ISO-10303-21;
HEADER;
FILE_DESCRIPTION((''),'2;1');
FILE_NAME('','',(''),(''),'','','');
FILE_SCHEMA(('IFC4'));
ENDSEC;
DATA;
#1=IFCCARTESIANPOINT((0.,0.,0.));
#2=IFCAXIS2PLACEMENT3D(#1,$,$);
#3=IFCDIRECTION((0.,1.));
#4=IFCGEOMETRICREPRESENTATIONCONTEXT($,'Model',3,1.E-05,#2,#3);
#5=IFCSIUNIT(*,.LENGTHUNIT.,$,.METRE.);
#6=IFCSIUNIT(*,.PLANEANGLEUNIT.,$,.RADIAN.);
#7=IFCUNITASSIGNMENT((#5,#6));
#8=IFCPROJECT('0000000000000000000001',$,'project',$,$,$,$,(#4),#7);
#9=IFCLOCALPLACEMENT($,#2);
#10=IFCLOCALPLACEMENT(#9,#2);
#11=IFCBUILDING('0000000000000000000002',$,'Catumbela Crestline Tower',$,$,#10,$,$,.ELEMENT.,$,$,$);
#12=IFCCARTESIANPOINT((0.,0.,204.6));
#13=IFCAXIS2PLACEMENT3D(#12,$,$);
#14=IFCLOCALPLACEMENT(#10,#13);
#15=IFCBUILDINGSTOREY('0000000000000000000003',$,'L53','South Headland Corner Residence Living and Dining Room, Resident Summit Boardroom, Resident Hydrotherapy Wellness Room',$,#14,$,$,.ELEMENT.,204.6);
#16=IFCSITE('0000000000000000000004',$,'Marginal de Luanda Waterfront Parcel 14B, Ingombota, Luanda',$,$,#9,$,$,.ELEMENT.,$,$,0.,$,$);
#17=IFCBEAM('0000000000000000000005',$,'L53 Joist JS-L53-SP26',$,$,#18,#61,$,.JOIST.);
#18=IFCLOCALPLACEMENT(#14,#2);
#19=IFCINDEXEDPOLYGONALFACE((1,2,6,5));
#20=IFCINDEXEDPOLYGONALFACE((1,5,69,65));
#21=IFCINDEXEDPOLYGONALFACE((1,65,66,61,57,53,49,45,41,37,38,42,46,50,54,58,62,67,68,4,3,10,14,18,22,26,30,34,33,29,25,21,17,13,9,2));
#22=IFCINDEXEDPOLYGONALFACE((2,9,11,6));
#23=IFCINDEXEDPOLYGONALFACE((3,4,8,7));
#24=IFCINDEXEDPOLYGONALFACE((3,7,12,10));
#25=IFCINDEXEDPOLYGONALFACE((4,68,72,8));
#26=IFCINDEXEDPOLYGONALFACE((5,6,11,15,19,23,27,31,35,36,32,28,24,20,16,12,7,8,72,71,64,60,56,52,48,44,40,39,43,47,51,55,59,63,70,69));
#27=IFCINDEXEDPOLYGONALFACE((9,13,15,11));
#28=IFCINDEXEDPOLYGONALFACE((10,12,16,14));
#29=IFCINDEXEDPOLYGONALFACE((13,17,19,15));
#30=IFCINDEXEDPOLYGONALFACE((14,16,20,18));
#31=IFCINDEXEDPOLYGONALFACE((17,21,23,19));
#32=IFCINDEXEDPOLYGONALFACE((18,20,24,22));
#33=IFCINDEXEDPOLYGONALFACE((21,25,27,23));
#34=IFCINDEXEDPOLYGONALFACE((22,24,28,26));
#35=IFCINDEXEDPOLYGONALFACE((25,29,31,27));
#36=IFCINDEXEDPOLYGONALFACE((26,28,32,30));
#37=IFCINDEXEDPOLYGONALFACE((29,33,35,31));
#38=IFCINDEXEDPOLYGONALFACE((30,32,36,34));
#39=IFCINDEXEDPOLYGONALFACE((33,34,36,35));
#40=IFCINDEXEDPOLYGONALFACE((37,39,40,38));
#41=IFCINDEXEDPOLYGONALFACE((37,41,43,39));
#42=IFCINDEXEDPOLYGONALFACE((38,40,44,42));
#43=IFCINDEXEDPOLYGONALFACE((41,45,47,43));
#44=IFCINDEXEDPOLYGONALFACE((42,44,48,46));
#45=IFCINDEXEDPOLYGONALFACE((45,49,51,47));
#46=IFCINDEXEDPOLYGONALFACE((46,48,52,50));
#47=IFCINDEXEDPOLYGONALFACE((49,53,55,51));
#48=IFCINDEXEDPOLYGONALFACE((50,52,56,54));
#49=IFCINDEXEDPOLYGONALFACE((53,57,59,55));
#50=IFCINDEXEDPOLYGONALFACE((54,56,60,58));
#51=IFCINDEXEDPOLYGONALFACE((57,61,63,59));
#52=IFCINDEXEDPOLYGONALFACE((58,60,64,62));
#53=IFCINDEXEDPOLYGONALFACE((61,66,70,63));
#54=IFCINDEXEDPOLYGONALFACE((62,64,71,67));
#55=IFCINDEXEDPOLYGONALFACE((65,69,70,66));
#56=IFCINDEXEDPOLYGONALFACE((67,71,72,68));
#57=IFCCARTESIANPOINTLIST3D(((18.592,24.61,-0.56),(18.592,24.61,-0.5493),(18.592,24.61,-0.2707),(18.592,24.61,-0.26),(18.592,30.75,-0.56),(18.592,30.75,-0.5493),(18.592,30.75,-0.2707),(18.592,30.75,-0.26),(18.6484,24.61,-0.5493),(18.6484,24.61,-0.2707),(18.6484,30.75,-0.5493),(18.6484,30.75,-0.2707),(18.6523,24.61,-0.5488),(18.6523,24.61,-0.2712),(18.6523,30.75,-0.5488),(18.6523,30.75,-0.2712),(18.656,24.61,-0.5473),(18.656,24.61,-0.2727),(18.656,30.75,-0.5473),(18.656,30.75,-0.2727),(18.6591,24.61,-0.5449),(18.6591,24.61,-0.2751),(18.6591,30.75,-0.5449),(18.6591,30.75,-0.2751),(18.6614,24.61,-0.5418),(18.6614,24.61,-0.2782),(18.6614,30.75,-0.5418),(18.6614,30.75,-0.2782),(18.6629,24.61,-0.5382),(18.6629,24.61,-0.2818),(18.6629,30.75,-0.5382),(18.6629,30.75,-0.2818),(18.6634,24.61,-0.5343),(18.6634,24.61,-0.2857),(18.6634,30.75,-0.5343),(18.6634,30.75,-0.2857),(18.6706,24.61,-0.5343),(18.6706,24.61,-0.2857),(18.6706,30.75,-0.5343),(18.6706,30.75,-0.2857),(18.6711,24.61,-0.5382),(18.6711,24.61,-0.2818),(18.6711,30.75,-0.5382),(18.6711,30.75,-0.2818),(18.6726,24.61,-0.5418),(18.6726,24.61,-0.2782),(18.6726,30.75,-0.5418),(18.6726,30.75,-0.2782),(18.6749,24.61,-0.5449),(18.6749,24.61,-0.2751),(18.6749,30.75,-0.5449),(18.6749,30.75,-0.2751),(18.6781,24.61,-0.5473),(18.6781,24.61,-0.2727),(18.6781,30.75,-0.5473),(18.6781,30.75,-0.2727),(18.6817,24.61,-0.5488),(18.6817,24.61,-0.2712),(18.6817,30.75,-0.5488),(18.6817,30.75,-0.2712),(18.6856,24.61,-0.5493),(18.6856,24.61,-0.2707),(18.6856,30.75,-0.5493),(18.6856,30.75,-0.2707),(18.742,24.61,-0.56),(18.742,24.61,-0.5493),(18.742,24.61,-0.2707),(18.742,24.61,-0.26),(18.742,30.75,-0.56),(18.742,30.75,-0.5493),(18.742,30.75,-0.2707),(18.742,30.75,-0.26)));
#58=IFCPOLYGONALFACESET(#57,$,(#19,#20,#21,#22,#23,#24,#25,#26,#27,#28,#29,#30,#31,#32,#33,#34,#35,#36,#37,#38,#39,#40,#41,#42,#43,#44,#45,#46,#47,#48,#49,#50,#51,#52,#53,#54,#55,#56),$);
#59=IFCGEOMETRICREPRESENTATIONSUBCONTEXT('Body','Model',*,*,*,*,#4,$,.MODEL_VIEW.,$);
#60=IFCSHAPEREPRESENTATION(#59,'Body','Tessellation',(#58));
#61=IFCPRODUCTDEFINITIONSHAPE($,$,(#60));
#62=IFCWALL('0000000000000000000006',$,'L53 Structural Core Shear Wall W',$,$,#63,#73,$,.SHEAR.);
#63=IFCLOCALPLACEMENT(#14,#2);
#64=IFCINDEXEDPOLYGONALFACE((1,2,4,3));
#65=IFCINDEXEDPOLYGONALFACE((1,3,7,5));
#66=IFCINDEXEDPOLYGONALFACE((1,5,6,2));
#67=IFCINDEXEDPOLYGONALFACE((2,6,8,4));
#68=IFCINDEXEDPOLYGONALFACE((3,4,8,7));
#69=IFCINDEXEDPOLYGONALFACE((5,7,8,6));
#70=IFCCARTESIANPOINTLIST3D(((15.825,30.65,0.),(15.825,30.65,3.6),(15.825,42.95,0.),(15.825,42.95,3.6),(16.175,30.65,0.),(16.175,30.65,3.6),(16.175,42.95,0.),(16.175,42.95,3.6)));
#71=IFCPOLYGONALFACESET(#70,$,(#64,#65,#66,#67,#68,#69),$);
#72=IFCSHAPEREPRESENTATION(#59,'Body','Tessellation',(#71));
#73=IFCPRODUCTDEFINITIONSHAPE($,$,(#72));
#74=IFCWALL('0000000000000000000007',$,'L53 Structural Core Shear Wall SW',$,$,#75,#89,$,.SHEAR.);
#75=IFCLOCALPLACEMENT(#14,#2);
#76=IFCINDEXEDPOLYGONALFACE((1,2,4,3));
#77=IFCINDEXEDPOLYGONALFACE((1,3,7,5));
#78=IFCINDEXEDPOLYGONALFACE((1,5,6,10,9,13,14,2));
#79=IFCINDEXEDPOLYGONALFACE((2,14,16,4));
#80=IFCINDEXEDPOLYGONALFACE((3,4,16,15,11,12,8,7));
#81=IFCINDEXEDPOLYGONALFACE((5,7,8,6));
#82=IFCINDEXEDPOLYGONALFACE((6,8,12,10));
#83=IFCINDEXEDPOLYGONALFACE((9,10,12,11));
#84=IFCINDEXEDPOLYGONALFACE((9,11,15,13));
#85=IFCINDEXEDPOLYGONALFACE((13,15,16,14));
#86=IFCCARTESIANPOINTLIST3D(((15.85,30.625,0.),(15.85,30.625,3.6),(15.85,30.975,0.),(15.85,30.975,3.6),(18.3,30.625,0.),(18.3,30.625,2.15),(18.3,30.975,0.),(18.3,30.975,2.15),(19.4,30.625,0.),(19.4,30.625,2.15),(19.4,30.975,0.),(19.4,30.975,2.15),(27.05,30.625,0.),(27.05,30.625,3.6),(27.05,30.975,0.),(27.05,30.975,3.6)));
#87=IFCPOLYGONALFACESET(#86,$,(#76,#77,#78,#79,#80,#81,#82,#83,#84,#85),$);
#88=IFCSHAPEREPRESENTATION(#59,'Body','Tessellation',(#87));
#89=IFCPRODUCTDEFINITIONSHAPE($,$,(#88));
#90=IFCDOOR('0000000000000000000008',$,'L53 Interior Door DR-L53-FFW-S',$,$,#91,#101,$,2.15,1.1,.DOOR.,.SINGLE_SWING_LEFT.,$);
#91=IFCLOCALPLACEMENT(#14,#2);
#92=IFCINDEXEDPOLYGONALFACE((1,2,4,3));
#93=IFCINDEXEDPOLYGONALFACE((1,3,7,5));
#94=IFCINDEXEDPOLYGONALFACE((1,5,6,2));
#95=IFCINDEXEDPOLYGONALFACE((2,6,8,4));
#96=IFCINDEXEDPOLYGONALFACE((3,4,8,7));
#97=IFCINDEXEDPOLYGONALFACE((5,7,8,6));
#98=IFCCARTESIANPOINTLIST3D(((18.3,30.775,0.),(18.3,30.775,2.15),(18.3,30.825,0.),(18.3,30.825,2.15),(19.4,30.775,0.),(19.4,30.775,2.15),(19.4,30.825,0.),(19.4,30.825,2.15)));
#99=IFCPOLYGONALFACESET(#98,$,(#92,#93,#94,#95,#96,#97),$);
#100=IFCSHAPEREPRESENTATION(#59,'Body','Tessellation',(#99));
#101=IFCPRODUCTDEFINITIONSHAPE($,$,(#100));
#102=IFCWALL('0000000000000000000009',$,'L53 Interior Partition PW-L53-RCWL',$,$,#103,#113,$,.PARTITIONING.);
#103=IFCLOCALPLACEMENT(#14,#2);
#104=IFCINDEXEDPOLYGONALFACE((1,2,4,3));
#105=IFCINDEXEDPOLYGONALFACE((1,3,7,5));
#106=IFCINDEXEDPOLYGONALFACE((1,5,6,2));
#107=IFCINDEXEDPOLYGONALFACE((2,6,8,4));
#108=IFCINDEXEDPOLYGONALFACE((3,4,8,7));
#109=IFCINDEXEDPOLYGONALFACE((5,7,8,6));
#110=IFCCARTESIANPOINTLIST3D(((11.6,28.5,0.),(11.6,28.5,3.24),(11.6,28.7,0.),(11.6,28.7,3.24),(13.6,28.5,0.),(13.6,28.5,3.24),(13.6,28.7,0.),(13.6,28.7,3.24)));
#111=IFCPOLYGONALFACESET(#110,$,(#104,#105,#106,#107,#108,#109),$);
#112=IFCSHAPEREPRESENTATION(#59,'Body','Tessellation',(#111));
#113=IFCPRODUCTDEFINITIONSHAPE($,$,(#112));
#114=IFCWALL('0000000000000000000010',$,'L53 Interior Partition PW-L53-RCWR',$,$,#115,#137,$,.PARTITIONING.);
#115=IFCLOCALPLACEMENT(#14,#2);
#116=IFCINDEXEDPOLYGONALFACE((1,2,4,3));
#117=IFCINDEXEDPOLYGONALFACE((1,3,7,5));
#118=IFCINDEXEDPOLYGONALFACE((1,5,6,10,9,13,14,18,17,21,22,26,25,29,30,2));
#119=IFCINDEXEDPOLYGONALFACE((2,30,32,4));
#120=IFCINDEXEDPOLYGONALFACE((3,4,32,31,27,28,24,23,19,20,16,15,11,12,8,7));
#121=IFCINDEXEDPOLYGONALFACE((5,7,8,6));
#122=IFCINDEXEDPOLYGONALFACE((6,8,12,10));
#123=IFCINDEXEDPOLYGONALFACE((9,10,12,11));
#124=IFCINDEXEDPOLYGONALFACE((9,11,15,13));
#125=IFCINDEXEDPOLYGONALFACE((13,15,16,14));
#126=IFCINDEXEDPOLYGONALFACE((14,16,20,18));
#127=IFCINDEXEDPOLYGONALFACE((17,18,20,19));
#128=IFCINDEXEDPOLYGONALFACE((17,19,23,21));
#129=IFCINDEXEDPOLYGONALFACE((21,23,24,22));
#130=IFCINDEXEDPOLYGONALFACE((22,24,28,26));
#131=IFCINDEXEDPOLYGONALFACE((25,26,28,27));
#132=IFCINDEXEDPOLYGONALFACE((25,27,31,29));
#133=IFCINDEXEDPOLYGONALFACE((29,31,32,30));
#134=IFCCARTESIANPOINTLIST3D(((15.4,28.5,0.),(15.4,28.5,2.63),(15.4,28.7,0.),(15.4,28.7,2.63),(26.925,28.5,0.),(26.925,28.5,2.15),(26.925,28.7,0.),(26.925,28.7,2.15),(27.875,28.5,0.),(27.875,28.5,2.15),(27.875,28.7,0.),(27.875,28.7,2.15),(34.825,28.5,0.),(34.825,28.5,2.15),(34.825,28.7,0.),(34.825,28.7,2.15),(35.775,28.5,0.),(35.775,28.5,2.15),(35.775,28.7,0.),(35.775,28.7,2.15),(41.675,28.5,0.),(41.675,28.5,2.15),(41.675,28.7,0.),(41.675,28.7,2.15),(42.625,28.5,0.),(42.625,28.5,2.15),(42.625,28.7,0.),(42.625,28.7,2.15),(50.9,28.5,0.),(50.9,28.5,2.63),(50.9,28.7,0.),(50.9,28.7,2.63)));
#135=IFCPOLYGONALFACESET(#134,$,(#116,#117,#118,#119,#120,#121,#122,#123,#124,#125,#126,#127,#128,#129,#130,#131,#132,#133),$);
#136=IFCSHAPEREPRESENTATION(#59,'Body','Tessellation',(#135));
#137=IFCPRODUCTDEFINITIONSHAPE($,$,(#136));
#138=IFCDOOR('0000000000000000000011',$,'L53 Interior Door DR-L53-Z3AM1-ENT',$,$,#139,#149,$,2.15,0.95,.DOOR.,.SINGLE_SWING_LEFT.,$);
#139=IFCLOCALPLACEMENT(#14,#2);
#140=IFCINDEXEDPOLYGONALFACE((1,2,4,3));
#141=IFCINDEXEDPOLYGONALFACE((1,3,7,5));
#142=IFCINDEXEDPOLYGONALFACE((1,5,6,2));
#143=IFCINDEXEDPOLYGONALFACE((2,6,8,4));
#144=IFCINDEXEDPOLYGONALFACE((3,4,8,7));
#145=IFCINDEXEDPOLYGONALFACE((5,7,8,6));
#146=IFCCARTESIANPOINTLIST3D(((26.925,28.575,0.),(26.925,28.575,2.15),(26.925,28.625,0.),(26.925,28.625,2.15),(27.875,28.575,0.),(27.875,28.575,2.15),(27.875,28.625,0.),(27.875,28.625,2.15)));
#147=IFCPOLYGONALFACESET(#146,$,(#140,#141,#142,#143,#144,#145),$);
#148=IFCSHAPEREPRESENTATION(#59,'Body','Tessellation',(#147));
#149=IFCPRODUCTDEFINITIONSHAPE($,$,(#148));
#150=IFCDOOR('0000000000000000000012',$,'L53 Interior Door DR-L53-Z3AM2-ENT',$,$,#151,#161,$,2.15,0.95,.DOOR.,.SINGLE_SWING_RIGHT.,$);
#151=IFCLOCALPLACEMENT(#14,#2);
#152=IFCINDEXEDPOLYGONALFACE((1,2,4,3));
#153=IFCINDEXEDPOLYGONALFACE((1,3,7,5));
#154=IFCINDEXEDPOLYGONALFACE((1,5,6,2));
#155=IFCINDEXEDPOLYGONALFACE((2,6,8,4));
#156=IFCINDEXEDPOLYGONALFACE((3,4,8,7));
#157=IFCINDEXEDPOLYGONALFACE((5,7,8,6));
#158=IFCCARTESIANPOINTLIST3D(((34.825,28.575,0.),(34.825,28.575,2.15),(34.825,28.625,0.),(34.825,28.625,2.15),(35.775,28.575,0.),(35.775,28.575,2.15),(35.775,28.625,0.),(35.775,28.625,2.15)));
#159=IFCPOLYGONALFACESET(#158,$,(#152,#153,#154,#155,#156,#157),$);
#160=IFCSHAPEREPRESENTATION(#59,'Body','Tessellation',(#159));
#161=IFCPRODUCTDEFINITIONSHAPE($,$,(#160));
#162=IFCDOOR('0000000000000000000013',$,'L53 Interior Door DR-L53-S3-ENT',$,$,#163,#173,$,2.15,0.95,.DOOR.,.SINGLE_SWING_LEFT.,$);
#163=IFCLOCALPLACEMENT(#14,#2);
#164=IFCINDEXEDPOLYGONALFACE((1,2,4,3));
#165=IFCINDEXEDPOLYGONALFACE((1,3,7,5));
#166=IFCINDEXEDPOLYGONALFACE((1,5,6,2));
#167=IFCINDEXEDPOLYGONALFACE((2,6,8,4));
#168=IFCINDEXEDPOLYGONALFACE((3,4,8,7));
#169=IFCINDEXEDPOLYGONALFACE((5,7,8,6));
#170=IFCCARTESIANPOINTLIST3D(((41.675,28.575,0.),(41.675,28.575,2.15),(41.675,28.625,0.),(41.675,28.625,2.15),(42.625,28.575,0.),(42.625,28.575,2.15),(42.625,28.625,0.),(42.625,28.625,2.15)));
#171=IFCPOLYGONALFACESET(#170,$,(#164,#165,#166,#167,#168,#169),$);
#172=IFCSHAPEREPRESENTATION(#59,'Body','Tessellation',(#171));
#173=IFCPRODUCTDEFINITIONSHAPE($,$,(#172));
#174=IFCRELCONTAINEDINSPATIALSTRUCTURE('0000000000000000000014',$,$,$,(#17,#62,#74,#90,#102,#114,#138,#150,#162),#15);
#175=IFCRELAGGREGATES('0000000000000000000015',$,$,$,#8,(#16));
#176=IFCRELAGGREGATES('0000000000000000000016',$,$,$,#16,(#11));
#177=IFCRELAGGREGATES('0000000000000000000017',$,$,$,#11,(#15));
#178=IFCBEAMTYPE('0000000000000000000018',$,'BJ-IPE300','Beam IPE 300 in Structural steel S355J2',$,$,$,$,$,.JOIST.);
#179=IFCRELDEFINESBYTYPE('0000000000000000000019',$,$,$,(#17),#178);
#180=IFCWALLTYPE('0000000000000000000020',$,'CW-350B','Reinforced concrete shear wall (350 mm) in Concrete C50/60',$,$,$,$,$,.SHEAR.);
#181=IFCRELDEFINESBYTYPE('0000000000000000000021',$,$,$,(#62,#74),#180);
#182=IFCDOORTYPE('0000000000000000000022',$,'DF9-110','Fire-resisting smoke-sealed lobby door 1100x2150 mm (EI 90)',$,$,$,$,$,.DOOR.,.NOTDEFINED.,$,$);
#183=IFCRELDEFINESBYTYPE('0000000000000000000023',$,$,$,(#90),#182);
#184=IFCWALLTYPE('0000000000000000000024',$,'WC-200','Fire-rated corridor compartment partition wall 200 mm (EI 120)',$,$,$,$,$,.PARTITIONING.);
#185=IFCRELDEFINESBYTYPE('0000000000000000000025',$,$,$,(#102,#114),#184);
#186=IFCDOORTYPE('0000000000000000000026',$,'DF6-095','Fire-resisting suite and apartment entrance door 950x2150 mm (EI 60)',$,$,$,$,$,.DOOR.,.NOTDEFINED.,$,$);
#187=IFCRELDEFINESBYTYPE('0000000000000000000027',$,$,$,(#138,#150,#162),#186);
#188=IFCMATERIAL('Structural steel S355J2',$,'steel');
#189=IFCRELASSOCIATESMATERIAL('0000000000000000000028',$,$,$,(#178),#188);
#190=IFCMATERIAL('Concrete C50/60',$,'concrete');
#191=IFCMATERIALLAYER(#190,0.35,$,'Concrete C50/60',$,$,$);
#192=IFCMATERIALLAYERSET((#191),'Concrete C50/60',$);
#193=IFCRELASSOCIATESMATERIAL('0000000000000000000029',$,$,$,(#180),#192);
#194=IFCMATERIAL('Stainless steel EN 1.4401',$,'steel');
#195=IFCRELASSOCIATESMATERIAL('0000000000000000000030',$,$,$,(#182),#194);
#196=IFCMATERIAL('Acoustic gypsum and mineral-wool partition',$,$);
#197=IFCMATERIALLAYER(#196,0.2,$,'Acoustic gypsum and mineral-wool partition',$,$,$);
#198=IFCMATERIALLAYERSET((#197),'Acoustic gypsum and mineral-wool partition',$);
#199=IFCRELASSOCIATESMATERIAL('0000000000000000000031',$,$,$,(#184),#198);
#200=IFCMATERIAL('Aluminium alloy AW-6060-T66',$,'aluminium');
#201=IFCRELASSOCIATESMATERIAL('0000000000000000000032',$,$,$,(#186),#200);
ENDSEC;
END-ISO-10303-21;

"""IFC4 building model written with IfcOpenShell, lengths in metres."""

from ifc_helpers import new_model, si_unit, direction, frame, frame_2d, origin, origin_2d, place, context, subcontext, project, spatial, rectangle, i_section, extrude, material, layer, layer_set, material_profile, profile_set, type_object, element, fill, save


model = new_model("IFC4")

# Units and contexts
model_context = context("Model", 3, precision=1e-05, world=origin(), true_north=direction((0.0, 1.0)))
body_context = subcontext(model_context, "Body", "Model", "MODEL_VIEW")
ifc_project = project(units=[si_unit("LENGTHUNIT", "METRE"), si_unit("PLANEANGLEUNIT", "RADIAN")], contexts=[model_context])

# Site, building, storey
site_placement = place(None, origin())
site = spatial("IfcSite", under=ifc_project, at=site_placement, Name="Marginal de Luanda Waterfront Parcel 14B, Ingombota, Luanda", CompositionType="ELEMENT", RefElevation=0.0)
building_placement = place(site_placement, origin())
building = spatial("IfcBuilding", under=site, at=building_placement, Name="Catumbela Crestline Tower", CompositionType="ELEMENT")
storey_placement = place(building_placement, frame((0.0, 0.0, 204.6)))
storey = spatial("IfcBuildingStorey", under=building, at=storey_placement, Name="L53", Description="South Headland Corner Residence Living and Dining Room, Resident Summit Boardroom, Resident Hydrotherapy Wellness Room", CompositionType="ELEMENT", Elevation=204.6)

# Shared definitions
ifc_material_1 = material(Name="Concrete C50/60", Category="concrete")
ifc_material_2 = material(Name="Structural steel S355J2", Category="steel")

# Beam
ifc_material_profile_1 = material_profile(ifc_material_2, i_section(OverallWidth=0.15, OverallDepth=0.3, WebThickness=0.0071, FlangeThickness=0.0107, FilletRadius=0.015, at=origin_2d()), Name="IPE 300")
ifc_profile_set_1 = profile_set([ifc_material_profile_1], Name="Structural steel S355J2")
beam_type_1 = type_object("IfcBeamType", Name="BJ-IPE300", Description="Beam IPE 300 in Structural steel S355J2", PredefinedType="JOIST", material=ifc_profile_set_1)
beam_1_placement = place(storey_placement, frame((18.667, 24.61, -0.41), z_axis=(0.0, 1.0, 0.0), x_axis=(-1.0, 0.0, 0.0)))
element("IfcBeam", 1, at=beam_1_placement, inside=storey, type_object=beam_type_1, Name="L53 Joist JS-L53-SP26", PredefinedType="JOIST", context=body_context, shape_type="SweptSolid", body=[
    extrude(i_section(OverallWidth=0.15, OverallDepth=0.3, WebThickness=0.0071, FlangeThickness=0.0107, FilletRadius=0.015, at=origin_2d()), origin(), (0.0, 0.0, 1.0), 6.14),
])

# Wall
ifc_layer_1 = layer(ifc_material_1, 0.35, Name="Concrete C50/60")
ifc_layer_set_1 = layer_set([ifc_layer_1], Name="Concrete C50/60")
wall_type_1 = type_object("IfcWallType", Name="CW-350B", Description="Reinforced concrete shear wall (350 mm) in Concrete C50/60", PredefinedType="SHEAR", material=ifc_layer_set_1)
wall_1_placement = place(storey_placement, frame((16.0, 30.65, 0.0), z_axis=(0.0, 0.0, 1.0), x_axis=(0.0, 1.0, 0.0)))
element("IfcWall", 2, at=wall_1_placement, inside=storey, type_object=wall_type_1, Name="L53 Structural Core Shear Wall W", PredefinedType="SHEAR", context=body_context, shape_type="SweptSolid", body=[
    extrude(rectangle(XDim=12.3, YDim=0.35, at=frame_2d((6.15, 0.0))), origin(), (0.0, 0.0, 1.0), 3.6),
])

# Wall, opening, door
wall_2_placement = place(storey_placement, frame((15.85, 30.8, 0.0), z_axis=(0.0, 0.0, 1.0), x_axis=(1.0, 0.0, 0.0)))
wall_2 = element("IfcWall", 3, at=wall_2_placement, inside=storey, type_object=wall_type_1, Name="L53 Structural Core Shear Wall SW", PredefinedType="SHEAR", context=body_context, shape_type="SweptSolid", body=[
    extrude(rectangle(XDim=11.2, YDim=0.35, at=frame_2d((5.6, 0.0))), origin(), (0.0, 0.0, 1.0), 3.6),
])
opening_1_placement = place(wall_2_placement, frame((2.45, 0.0, 0.0)))
opening_1 = element("IfcOpeningElement", 4, at=opening_1_placement, cuts=wall_2, PredefinedType="OPENING", context=body_context, shape_type="SweptSolid", body=[
    extrude(rectangle(XDim=1.1, YDim=2.15, at=frame_2d((0.55, 1.075))), frame((0.0, 0.185, 0.0), z_axis=(0.0, -1.0, 0.0), x_axis=(1.0, 0.0, 0.0)), (0.0, 0.0, 1.0), 0.37),
])
ifc_material_3 = material(Name="Stainless steel EN 1.4401", Category="steel")
door_type_1 = type_object("IfcDoorType", Name="DF9-110", Description="Fire-resisting smoke-sealed lobby door 1100x2150 mm (EI 90)", OperationType="NOTDEFINED", PredefinedType="DOOR", material=ifc_material_3)
door_1_placement = place(opening_1_placement, origin())
door_1 = element("IfcDoor", 5, at=door_1_placement, inside=storey, type_object=door_type_1, Name="L53 Interior Door DR-L53-FFW-S", OperationType="SINGLE_SWING_LEFT", OverallHeight=2.15, OverallWidth=1.1, PredefinedType="DOOR", context=body_context, shape_type="SweptSolid", body=[
    extrude(rectangle(XDim=1.1, YDim=2.15, at=frame_2d((0.55, 1.075))), frame((0.0, 0.025, 0.0), z_axis=(0.0, -1.0, 0.0), x_axis=(1.0, 0.0, 0.0)), (0.0, 0.0, 1.0), 0.05),
])
fill(opening_1, door_1)

# Wall
ifc_material_4 = material(Name="Acoustic gypsum and mineral-wool partition")
ifc_layer_2 = layer(ifc_material_4, 0.2, Name="Acoustic gypsum and mineral-wool partition")
ifc_layer_set_2 = layer_set([ifc_layer_2], Name="Acoustic gypsum and mineral-wool partition")
wall_type_2 = type_object("IfcWallType", Name="WC-200", Description="Fire-rated corridor compartment partition wall 200 mm (EI 120)", PredefinedType="PARTITIONING", material=ifc_layer_set_2)
wall_3_placement = place(storey_placement, frame((11.6, 28.6, 0.0), z_axis=(0.0, 0.0, 1.0), x_axis=(1.0, 0.0, 0.0)))
element("IfcWall", 6, at=wall_3_placement, inside=storey, type_object=wall_type_2, Name="L53 Interior Partition PW-L53-RCWL", PredefinedType="PARTITIONING", context=body_context, shape_type="SweptSolid", body=[
    extrude(rectangle(XDim=2.0, YDim=0.2, at=frame_2d((1.0, 0.0))), origin(), (0.0, 0.0, 1.0), 3.24),
])

# Wall, openings, doors
wall_4_placement = place(storey_placement, frame((15.4, 28.6, 0.0), z_axis=(0.0, 0.0, 1.0), x_axis=(1.0, 0.0, 0.0)))
wall_4 = element("IfcWall", 7, at=wall_4_placement, inside=storey, type_object=wall_type_2, Name="L53 Interior Partition PW-L53-RCWR", PredefinedType="PARTITIONING", context=body_context, shape_type="SweptSolid", body=[
    extrude(rectangle(XDim=35.5, YDim=0.2, at=frame_2d((17.75, 0.0))), origin(), (0.0, 0.0, 1.0), 2.63),
])
opening_2_placement = place(wall_4_placement, frame((11.525, 0.0, 0.0)))
opening_2 = element("IfcOpeningElement", 8, at=opening_2_placement, cuts=wall_4, PredefinedType="OPENING", context=body_context, shape_type="SweptSolid", body=[
    extrude(rectangle(XDim=0.95, YDim=2.15, at=frame_2d((0.475, 1.075))), frame((0.0, 0.11, 0.0), z_axis=(0.0, -1.0, 0.0), x_axis=(1.0, 0.0, 0.0)), (0.0, 0.0, 1.0), 0.22),
])
opening_3_placement = place(wall_4_placement, frame((19.425, 0.0, 0.0)))
opening_3 = element("IfcOpeningElement", 9, at=opening_3_placement, cuts=wall_4, PredefinedType="OPENING", context=body_context, shape_type="SweptSolid", body=[
    extrude(rectangle(XDim=0.95, YDim=2.15, at=frame_2d((0.475, 1.075))), frame((0.0, 0.11, 0.0), z_axis=(0.0, -1.0, 0.0), x_axis=(1.0, 0.0, 0.0)), (0.0, 0.0, 1.0), 0.22),
])
opening_4_placement = place(wall_4_placement, frame((26.275, 0.0, 0.0)))
opening_4 = element("IfcOpeningElement", 10, at=opening_4_placement, cuts=wall_4, PredefinedType="OPENING", context=body_context, shape_type="SweptSolid", body=[
    extrude(rectangle(XDim=0.95, YDim=2.15, at=frame_2d((0.475, 1.075))), frame((0.0, 0.11, 0.0), z_axis=(0.0, -1.0, 0.0), x_axis=(1.0, 0.0, 0.0)), (0.0, 0.0, 1.0), 0.22),
])
ifc_material_5 = material(Name="Aluminium alloy AW-6060-T66", Category="aluminium")
door_type_2 = type_object("IfcDoorType", Name="DF6-095", Description="Fire-resisting suite and apartment entrance door 950x2150 mm (EI 60)", OperationType="NOTDEFINED", PredefinedType="DOOR", material=ifc_material_5)
door_2_placement = place(opening_2_placement, origin())
door_2 = element("IfcDoor", 11, at=door_2_placement, inside=storey, type_object=door_type_2, Name="L53 Interior Door DR-L53-Z3AM1-ENT", OperationType="SINGLE_SWING_LEFT", OverallHeight=2.15, OverallWidth=0.95, PredefinedType="DOOR", context=body_context, shape_type="SweptSolid", body=[
    extrude(rectangle(XDim=0.95, YDim=2.15, at=frame_2d((0.475, 1.075))), frame((0.0, 0.025, 0.0), z_axis=(0.0, -1.0, 0.0), x_axis=(1.0, 0.0, 0.0)), (0.0, 0.0, 1.0), 0.05),
])
fill(opening_2, door_2)
door_3_placement = place(opening_3_placement, origin())
door_3 = element("IfcDoor", 12, at=door_3_placement, inside=storey, type_object=door_type_2, Name="L53 Interior Door DR-L53-Z3AM2-ENT", OperationType="SINGLE_SWING_RIGHT", OverallHeight=2.15, OverallWidth=0.95, PredefinedType="DOOR", context=body_context, shape_type="SweptSolid", body=[
    extrude(rectangle(XDim=0.95, YDim=2.15, at=frame_2d((0.475, 1.075))), frame((0.0, 0.025, 0.0), z_axis=(0.0, -1.0, 0.0), x_axis=(1.0, 0.0, 0.0)), (0.0, 0.0, 1.0), 0.05),
])
fill(opening_3, door_3)
door_4_placement = place(opening_4_placement, origin())
door_4 = element("IfcDoor", 13, at=door_4_placement, inside=storey, type_object=door_type_2, Name="L53 Interior Door DR-L53-S3-ENT", OperationType="SINGLE_SWING_LEFT", OverallHeight=2.15, OverallWidth=0.95, PredefinedType="DOOR", context=body_context, shape_type="SweptSolid", body=[
    extrude(rectangle(XDim=0.95, YDim=2.15, at=frame_2d((0.475, 1.075))), frame((0.0, 0.025, 0.0), z_axis=(0.0, -1.0, 0.0), x_axis=(1.0, 0.0, 0.0)), (0.0, 0.0, 1.0), 0.05),
])
fill(opening_4, door_4)

save(model, "model.ifc")
